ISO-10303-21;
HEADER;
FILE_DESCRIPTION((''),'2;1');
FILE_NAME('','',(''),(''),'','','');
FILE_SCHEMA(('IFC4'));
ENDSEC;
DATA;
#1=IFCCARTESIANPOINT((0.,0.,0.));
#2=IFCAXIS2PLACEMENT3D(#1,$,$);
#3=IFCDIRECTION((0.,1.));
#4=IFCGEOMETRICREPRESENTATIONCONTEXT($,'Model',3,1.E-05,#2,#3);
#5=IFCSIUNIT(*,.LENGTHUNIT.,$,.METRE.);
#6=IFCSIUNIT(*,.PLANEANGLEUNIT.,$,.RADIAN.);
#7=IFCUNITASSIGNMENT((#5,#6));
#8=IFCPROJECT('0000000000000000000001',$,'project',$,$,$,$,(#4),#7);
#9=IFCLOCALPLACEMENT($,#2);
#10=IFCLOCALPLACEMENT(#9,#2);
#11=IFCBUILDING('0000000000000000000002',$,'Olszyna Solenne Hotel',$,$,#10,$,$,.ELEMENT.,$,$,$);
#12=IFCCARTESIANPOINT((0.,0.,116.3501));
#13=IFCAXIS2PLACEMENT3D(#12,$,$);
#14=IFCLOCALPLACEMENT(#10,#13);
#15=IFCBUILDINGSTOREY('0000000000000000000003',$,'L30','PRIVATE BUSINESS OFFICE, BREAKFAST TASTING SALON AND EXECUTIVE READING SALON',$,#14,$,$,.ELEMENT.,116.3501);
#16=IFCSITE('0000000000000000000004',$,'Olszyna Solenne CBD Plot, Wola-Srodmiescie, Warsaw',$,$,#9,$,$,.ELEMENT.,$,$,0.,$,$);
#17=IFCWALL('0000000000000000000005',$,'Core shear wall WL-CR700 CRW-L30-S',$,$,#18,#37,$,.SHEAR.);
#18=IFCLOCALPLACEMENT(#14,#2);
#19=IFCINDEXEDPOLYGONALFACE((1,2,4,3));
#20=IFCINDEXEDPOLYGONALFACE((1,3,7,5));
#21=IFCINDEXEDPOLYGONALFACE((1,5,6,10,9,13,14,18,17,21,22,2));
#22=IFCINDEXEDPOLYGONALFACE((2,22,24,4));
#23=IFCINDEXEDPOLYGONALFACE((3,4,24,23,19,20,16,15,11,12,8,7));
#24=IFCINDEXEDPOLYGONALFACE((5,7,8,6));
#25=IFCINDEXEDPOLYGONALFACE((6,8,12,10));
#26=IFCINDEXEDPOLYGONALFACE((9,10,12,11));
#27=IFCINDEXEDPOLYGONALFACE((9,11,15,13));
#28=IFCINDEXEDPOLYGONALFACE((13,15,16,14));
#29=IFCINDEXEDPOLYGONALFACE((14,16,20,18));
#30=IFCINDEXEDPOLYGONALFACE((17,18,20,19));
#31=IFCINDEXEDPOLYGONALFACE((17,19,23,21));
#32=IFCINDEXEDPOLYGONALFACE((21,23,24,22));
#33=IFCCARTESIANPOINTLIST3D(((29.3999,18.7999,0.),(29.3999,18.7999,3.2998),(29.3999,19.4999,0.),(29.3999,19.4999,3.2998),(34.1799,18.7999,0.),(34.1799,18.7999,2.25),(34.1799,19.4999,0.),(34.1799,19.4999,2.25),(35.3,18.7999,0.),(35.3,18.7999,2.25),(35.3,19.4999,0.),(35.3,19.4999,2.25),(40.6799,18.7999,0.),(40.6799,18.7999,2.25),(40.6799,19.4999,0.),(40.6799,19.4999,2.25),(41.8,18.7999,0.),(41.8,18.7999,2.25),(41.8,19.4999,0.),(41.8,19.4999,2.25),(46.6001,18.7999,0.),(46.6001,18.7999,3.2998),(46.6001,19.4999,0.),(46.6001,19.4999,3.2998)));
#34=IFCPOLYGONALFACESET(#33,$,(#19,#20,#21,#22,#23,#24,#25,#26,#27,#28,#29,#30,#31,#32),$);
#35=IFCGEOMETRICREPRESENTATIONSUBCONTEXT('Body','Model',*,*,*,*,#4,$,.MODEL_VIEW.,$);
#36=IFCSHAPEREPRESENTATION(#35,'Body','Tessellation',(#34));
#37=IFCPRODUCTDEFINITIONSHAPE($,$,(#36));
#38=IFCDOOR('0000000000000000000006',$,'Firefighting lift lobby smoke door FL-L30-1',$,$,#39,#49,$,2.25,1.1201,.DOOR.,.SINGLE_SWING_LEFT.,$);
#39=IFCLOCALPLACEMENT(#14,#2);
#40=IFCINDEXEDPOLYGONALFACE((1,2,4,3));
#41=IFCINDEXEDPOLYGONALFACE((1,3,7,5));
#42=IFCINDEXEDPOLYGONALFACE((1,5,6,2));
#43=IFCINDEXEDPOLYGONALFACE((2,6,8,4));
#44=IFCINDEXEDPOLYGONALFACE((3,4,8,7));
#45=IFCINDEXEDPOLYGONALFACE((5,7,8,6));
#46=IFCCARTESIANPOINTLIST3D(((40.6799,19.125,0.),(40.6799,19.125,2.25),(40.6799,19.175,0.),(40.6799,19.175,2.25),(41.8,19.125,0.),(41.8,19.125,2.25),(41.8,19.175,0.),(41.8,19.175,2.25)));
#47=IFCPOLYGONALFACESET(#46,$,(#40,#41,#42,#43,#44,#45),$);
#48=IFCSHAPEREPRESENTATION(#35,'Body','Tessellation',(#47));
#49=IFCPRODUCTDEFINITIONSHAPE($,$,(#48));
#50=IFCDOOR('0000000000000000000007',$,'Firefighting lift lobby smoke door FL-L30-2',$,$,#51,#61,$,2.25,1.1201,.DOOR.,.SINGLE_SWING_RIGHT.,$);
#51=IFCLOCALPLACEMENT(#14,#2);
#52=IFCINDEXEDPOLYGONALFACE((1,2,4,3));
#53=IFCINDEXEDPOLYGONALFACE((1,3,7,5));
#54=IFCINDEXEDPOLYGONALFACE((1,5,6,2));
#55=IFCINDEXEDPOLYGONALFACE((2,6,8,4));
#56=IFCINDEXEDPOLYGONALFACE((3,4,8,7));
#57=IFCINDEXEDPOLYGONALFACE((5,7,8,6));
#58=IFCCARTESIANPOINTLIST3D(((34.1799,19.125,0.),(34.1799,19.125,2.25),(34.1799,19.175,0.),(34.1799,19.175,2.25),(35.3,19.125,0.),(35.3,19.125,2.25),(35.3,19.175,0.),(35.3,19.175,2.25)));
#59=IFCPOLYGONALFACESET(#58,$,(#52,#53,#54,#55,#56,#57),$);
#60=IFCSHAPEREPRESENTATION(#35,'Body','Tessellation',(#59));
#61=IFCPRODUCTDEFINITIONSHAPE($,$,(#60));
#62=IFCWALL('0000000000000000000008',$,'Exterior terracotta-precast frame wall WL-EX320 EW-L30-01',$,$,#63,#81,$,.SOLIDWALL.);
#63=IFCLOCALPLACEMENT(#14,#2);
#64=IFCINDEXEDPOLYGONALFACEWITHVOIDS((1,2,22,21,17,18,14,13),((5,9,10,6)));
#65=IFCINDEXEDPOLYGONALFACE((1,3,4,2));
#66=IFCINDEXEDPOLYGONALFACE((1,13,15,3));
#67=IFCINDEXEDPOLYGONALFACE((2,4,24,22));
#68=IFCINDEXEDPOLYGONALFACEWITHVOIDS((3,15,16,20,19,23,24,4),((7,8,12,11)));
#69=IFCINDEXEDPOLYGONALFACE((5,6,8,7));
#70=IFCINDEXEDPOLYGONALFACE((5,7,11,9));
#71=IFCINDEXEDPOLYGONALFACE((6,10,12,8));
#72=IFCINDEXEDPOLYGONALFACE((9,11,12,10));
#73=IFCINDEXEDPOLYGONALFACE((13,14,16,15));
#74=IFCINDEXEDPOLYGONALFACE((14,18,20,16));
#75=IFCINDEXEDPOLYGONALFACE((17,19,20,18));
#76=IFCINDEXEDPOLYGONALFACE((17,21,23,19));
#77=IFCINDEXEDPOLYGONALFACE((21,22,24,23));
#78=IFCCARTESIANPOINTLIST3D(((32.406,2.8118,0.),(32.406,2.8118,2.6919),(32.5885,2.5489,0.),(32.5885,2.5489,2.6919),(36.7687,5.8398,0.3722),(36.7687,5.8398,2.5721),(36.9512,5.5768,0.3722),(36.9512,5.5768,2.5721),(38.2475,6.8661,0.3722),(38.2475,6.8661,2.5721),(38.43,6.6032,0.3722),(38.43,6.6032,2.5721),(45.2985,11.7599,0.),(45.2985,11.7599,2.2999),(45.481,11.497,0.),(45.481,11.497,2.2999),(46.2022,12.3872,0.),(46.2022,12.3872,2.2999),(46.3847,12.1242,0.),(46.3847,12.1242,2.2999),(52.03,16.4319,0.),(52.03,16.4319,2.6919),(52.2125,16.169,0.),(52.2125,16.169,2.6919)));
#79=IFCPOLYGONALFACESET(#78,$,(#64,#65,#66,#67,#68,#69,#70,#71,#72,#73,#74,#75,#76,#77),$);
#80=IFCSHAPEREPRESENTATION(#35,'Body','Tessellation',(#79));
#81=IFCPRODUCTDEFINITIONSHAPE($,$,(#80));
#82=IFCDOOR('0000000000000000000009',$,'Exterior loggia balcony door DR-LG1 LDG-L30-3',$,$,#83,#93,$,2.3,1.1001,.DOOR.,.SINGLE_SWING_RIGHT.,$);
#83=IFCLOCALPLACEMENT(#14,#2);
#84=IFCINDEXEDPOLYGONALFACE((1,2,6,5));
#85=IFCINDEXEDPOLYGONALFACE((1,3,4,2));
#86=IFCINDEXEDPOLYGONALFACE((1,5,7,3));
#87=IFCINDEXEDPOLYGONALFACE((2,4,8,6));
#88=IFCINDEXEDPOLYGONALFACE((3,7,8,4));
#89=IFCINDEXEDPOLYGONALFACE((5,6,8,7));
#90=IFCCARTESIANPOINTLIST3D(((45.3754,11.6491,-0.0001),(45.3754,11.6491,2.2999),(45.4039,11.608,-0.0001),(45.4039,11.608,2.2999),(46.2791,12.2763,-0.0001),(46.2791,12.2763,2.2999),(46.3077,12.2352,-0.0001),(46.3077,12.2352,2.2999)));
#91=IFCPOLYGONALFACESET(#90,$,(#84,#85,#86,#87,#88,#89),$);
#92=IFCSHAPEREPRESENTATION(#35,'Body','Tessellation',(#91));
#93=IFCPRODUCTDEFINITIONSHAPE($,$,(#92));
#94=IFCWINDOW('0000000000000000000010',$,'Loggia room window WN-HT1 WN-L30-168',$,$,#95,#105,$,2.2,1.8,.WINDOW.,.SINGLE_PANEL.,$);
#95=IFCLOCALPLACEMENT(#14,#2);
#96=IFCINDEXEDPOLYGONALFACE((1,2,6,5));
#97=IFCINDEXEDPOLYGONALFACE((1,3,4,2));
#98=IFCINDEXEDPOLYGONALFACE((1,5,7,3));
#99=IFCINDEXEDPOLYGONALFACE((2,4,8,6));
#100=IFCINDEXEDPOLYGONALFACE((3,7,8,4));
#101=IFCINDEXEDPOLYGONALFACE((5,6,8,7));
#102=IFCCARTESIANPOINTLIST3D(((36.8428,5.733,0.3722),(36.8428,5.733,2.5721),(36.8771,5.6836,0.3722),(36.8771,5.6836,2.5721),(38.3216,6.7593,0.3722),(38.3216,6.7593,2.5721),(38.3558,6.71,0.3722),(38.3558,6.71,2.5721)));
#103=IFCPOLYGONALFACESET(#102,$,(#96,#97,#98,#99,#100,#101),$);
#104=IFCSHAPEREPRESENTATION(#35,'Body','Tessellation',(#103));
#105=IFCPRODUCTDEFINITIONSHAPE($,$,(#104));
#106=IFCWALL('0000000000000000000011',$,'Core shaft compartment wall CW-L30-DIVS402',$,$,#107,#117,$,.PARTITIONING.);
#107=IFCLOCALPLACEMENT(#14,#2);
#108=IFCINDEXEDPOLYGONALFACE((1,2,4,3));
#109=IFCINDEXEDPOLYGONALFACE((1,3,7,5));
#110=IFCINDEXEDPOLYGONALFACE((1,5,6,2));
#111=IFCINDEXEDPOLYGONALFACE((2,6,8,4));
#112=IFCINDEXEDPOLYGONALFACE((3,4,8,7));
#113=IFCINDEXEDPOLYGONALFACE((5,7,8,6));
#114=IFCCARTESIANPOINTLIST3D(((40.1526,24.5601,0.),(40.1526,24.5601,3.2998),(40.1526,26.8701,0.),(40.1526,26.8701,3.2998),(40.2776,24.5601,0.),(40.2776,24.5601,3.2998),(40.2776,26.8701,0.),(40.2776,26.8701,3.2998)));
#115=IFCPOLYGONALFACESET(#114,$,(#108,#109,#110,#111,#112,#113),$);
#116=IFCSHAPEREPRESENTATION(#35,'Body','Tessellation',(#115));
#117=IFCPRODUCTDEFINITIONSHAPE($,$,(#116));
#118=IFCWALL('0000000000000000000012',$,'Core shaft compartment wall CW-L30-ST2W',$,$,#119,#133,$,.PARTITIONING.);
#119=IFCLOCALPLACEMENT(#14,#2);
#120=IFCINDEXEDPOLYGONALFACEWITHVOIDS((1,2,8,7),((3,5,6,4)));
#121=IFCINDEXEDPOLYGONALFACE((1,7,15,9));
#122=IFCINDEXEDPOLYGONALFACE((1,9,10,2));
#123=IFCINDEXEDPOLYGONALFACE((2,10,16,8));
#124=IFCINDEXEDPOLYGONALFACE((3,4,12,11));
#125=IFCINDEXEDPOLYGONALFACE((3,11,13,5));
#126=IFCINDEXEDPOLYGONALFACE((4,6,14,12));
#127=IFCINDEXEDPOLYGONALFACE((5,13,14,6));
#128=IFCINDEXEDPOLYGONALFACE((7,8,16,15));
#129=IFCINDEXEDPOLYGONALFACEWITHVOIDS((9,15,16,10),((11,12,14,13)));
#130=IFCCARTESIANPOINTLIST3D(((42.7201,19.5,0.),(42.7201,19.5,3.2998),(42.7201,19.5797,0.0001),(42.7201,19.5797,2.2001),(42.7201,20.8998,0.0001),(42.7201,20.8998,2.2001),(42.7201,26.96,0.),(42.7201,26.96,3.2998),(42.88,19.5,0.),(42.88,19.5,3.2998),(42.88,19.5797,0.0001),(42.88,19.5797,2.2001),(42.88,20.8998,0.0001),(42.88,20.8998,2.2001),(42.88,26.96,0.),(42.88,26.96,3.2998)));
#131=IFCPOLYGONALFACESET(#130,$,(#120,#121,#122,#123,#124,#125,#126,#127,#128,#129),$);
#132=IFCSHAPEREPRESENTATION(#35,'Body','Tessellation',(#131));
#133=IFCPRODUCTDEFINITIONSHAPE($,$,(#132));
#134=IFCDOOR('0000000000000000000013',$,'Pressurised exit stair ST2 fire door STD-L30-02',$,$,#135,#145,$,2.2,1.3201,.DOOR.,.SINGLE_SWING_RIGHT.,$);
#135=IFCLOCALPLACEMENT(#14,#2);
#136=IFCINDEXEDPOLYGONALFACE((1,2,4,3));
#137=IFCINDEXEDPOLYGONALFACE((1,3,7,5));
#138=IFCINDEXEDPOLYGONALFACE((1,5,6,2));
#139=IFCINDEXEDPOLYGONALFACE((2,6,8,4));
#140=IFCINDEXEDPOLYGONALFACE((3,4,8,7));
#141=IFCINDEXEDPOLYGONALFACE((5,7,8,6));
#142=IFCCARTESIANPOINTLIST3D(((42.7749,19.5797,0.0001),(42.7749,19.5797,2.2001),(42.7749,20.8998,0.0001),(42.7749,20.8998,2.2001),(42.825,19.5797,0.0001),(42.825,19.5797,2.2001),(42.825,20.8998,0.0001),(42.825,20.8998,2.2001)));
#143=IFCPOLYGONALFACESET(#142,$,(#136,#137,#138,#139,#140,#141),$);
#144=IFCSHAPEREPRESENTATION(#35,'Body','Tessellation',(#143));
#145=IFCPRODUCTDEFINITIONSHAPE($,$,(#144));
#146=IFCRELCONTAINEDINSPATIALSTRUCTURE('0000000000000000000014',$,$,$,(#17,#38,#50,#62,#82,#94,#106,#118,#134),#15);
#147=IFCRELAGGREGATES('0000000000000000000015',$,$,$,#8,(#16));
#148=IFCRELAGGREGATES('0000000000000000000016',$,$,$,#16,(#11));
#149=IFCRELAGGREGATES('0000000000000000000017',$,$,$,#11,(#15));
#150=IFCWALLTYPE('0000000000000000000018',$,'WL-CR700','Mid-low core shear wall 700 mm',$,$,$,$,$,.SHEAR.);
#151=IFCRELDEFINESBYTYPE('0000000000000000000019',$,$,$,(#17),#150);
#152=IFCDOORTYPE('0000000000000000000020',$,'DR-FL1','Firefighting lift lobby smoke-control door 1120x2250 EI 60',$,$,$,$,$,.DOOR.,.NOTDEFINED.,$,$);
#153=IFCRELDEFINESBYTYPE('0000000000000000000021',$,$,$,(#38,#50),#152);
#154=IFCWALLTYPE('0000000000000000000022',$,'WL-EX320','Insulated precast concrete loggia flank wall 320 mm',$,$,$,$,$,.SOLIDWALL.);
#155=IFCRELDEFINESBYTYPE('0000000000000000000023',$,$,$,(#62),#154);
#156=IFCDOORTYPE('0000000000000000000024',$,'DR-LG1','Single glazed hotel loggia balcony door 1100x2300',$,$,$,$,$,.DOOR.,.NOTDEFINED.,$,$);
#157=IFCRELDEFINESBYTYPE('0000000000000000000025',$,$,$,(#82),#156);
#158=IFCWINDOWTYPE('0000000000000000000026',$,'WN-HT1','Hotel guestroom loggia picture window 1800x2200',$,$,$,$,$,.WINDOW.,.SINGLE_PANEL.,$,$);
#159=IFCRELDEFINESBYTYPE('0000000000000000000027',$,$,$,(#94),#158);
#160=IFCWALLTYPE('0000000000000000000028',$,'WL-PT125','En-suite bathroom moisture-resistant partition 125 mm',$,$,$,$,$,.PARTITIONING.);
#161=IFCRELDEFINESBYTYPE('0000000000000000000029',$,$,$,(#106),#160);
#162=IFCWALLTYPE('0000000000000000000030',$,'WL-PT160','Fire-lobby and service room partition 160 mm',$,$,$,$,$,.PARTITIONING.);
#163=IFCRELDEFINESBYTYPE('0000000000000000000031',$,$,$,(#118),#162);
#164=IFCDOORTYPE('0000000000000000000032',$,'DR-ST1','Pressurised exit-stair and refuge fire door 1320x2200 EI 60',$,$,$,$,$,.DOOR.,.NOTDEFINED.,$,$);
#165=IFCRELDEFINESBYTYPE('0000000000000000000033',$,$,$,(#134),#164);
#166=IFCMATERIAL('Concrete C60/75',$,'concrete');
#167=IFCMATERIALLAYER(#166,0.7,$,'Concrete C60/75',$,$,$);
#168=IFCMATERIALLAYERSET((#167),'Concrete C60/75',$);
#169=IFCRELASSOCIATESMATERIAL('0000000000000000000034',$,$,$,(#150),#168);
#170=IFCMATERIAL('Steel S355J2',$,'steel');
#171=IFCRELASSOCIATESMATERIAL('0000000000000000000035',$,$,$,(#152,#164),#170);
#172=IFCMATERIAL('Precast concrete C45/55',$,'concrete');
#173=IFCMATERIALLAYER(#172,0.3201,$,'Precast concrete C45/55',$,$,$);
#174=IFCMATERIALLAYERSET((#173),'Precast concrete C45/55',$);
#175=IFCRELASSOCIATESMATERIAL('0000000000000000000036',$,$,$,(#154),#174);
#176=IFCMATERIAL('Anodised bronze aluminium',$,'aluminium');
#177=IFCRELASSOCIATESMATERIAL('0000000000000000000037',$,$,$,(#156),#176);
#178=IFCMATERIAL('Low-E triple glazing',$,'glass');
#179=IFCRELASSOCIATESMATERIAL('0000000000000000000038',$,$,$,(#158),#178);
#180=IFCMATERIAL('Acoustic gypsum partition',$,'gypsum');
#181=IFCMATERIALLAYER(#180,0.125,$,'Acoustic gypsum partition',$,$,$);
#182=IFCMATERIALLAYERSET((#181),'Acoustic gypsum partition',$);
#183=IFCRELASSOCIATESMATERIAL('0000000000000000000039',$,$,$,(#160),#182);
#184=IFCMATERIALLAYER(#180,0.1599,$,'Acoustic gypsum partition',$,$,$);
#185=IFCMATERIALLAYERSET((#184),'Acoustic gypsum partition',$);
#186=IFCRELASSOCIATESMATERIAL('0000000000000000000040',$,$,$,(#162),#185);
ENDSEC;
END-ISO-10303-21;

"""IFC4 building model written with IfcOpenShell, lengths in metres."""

from ifc_helpers import new_model, si_unit, direction, frame, frame_2d, origin, place, context, subcontext, project, spatial, rectangle, extrude, source, transform, mapped, material, layer, layer_set, type_object, type_shapes, element, fill, save


model = new_model("IFC4")

# Units and contexts
model_context = context("Model", 3, precision=1e-05, world=origin(), true_north=direction((0.0, 1.0)))
body_context = subcontext(model_context, "Body", "Model", "MODEL_VIEW")
ifc_project = project(units=[si_unit("LENGTHUNIT", "METRE"), si_unit("PLANEANGLEUNIT", "RADIAN")], contexts=[model_context])

# Site, building, storey
site_placement = place(None, origin())
site = spatial("IfcSite", under=ifc_project, at=site_placement, Name="Olszyna Solenne CBD Plot, Wola-Srodmiescie, Warsaw", CompositionType="ELEMENT", RefElevation=0.0)
building_placement = place(site_placement, origin())
building = spatial("IfcBuilding", under=site, at=building_placement, Name="Olszyna Solenne Hotel", CompositionType="ELEMENT")
storey_placement = place(building_placement, frame((0.0, 0.0, 116.3501)))
storey = spatial("IfcBuildingStorey", under=building, at=storey_placement, Name="L30", Description="PRIVATE BUSINESS OFFICE, BREAKFAST TASTING SALON AND EXECUTIVE READING SALON", CompositionType="ELEMENT", Elevation=116.3501)

# Shared definitions
ifc_material_1 = material(Name="Steel S355J2", Category="steel")

# Wall, openings, doors
ifc_material_2 = material(Name="Concrete C60/75", Category="concrete")
ifc_layer_1 = layer(ifc_material_2, 0.7, Name="Concrete C60/75")
ifc_layer_set_1 = layer_set([ifc_layer_1], Name="Concrete C60/75")
wall_type_1 = type_object("IfcWallType", Name="WL-CR700", Description="Mid-low core shear wall 700 mm", PredefinedType="SHEAR", material=ifc_layer_set_1)
wall_1_placement = place(storey_placement, frame((46.6001, 19.1499, 0.0), z_axis=(0.0, 0.0, 1.0), x_axis=(-1.0, 0.0, 0.0)))
wall_1 = element("IfcWall", 1, at=wall_1_placement, inside=storey, type_object=wall_type_1, Name="Core shear wall WL-CR700 CRW-L30-S", PredefinedType="SHEAR", context=body_context, shape_type="SweptSolid", body=[
    extrude(rectangle(XDim=17.2002, YDim=0.7, at=frame_2d((8.6001, 0.0))), origin(), (0.0, 0.0, 1.0), 3.2998),
])
opening_1_placement = place(wall_1_placement, frame((4.8, 0.0, 0.0)))
opening_1 = element("IfcOpeningElement", 2, at=opening_1_placement, cuts=wall_1, PredefinedType="OPENING", context=body_context, shape_type="SweptSolid", body=[
    extrude(rectangle(XDim=1.1201, YDim=2.25, at=frame_2d((0.5601, 1.125))), frame((0.0, 0.3599, 0.0), z_axis=(0.0, -1.0, 0.0), x_axis=(1.0, 0.0, 0.0)), (0.0, 0.0, 1.0), 0.72),
])
opening_2_placement = place(wall_1_placement, frame((11.3, 0.0, 0.0)))
opening_2 = element("IfcOpeningElement", 3, at=opening_2_placement, cuts=wall_1, PredefinedType="OPENING", context=body_context, shape_type="SweptSolid", body=[
    extrude(rectangle(XDim=1.1201, YDim=2.25, at=frame_2d((0.5601, 1.125))), frame((0.0, 0.3599, 0.0), z_axis=(0.0, -1.0, 0.0), x_axis=(1.0, 0.0, 0.0)), (0.0, 0.0, 1.0), 0.72),
])
door_type_1 = type_object("IfcDoorType", Name="DR-FL1", Description="Firefighting lift lobby smoke-control door 1120x2250 EI 60", OperationType="NOTDEFINED", PredefinedType="DOOR", material=ifc_material_1)
shared_shape_1 = source(origin(), body_context, "Body", "SweptSolid", [
    extrude(rectangle(XDim=1.1201, YDim=2.25, at=frame_2d((0.5601, 1.125))), frame((0.0, 0.0249, 0.0), z_axis=(0.0, -1.0, 0.0), x_axis=(1.0, 0.0, 0.0)), (0.0, 0.0, 1.0), 0.05),
])
type_shapes(door_type_1, [shared_shape_1])
door_1_placement = place(opening_1_placement, origin())
door_1 = element("IfcDoor", 4, at=door_1_placement, inside=storey, type_object=door_type_1, Name="Firefighting lift lobby smoke door FL-L30-1", OperationType="SINGLE_SWING_LEFT", OverallHeight=2.25, OverallWidth=1.1201, PredefinedType="DOOR", context=body_context, shape_type="MappedRepresentation", body=[
    mapped(shared_shape_1, transform((0.0, 0.0, 0.0), x_axis=(1.0, 0.0, 0.0), y_axis=(0.0, 1.0, 0.0), z_axis=(0.0, 0.0, 1.0), scale=1.0)),
])
fill(opening_1, door_1)
door_2_placement = place(opening_2_placement, origin())
door_2 = element("IfcDoor", 5, at=door_2_placement, inside=storey, type_object=door_type_1, Name="Firefighting lift lobby smoke door FL-L30-2", OperationType="SINGLE_SWING_RIGHT", OverallHeight=2.25, OverallWidth=1.1201, PredefinedType="DOOR", context=body_context, shape_type="MappedRepresentation", body=[
    mapped(shared_shape_1, transform((0.0, 0.0, 0.0), x_axis=(1.0, 0.0, 0.0), y_axis=(0.0, 1.0, 0.0), z_axis=(0.0, 0.0, 1.0), scale=1.0)),
])
fill(opening_2, door_2)

# Wall, openings, door, window
ifc_material_3 = material(Name="Precast concrete C45/55", Category="concrete")
ifc_layer_2 = layer(ifc_material_3, 0.3201, Name="Precast concrete C45/55")
ifc_layer_set_2 = layer_set([ifc_layer_2], Name="Precast concrete C45/55")
wall_type_2 = type_object("IfcWallType", Name="WL-EX320", Description="Insulated precast concrete loggia flank wall 320 mm", PredefinedType="SOLIDWALL", material=ifc_layer_set_2)
wall_2_placement = place(storey_placement, frame((52.1213, 16.3005, 0.0), z_axis=(0.0, 0.0, 1.0), x_axis=(-0.821521, -0.570179, 0.0)))
wall_2 = element("IfcWall", 6, at=wall_2_placement, inside=storey, type_object=wall_type_2, Name="Exterior terracotta-precast frame wall WL-EX320 EW-L30-01", PredefinedType="SOLIDWALL", context=body_context, shape_type="SweptSolid", body=[
    extrude(rectangle(XDim=23.8875, YDim=0.3201, at=frame_2d((11.9438, 0.0))), origin(), (0.0, 0.0, 1.0), 2.6919),
])
opening_3_placement = place(wall_2_placement, frame((7.094, 0.0, 0.0)))
opening_3 = element("IfcOpeningElement", 7, at=opening_3_placement, cuts=wall_2, PredefinedType="OPENING", context=body_context, shape_type="SweptSolid", body=[
    extrude(rectangle(XDim=1.1001, YDim=2.3, at=frame_2d((0.55, 1.1499))), frame((0.0, 0.1699, 0.0), z_axis=(0.0, -1.0, 0.0), x_axis=(1.0, 0.0, 0.0)), (0.0, 0.0, 1.0), 0.3401),
])
opening_4_placement = place(wall_2_placement, frame((16.7771, 0.0, 0.3721)))
opening_4 = element("IfcOpeningElement", 8, at=opening_4_placement, cuts=wall_2, PredefinedType="OPENING", context=body_context, shape_type="SweptSolid", body=[
    extrude(rectangle(XDim=1.8, YDim=2.2, at=frame_2d((0.8999, 1.1001))), frame((0.0, 0.1699, 0.0), z_axis=(0.0, -1.0, 0.0), x_axis=(1.0, 0.0, 0.0)), (0.0, 0.0, 1.0), 0.3401),
])
ifc_material_4 = material(Name="Anodised bronze aluminium", Category="aluminium")
door_type_2 = type_object("IfcDoorType", Name="DR-LG1", Description="Single glazed hotel loggia balcony door 1100x2300", OperationType="NOTDEFINED", PredefinedType="DOOR", material=ifc_material_4)
shared_shape_2 = source(origin(), body_context, "Body", "SweptSolid", [
    extrude(rectangle(XDim=1.1001, YDim=2.3, at=frame_2d((0.55, 1.1499))), frame((0.0, 0.0249, 0.0), z_axis=(0.0, -1.0, 0.0), x_axis=(1.0, 0.0, 0.0)), (0.0, 0.0, 1.0), 0.05),
])
type_shapes(door_type_2, [shared_shape_2])
door_3_placement = place(opening_3_placement, origin())
door_3 = element("IfcDoor", 9, at=door_3_placement, inside=storey, type_object=door_type_2, Name="Exterior loggia balcony door DR-LG1 LDG-L30-3", OperationType="SINGLE_SWING_RIGHT", OverallHeight=2.3, OverallWidth=1.1001, PredefinedType="DOOR", context=body_context, shape_type="MappedRepresentation", body=[
    mapped(shared_shape_2, transform((0.0, 0.0, 0.0), x_axis=(1.0, 0.0, 0.0), y_axis=(0.0, 1.0, 0.0), z_axis=(0.0, 0.0, 1.0), scale=1.0)),
])
fill(opening_3, door_3)
ifc_material_5 = material(Name="Low-E triple glazing", Category="glass")
window_type = type_object("IfcWindowType", Name="WN-HT1", Description="Hotel guestroom loggia picture window 1800x2200", PartitioningType="SINGLE_PANEL", PredefinedType="WINDOW", material=ifc_material_5)
shared_shape_3 = source(origin(), body_context, "Body", "SweptSolid", [
    extrude(rectangle(XDim=1.8, YDim=2.2, at=frame_2d((0.8999, 1.1001))), frame((0.0, 0.03, 0.0), z_axis=(0.0, -1.0, 0.0), x_axis=(1.0, 0.0, 0.0)), (0.0, 0.0, 1.0), 0.0601),
])
type_shapes(window_type, [shared_shape_3])
window_placement = place(opening_4_placement, origin())
window = element("IfcWindow", 10, at=window_placement, inside=storey, type_object=window_type, Name="Loggia room window WN-HT1 WN-L30-168", OverallHeight=2.2, OverallWidth=1.8, PartitioningType="SINGLE_PANEL", PredefinedType="WINDOW", context=body_context, shape_type="MappedRepresentation", body=[
    mapped(shared_shape_3, transform((0.0, 0.0, 0.0), x_axis=(1.0, 0.0, 0.0), y_axis=(0.0, 1.0, 0.0), z_axis=(0.0, 0.0, 1.0), scale=1.0)),
])
fill(opening_4, window)

# Wall
ifc_material_6 = material(Name="Acoustic gypsum partition", Category="gypsum")
ifc_layer_3 = layer(ifc_material_6, 0.125, Name="Acoustic gypsum partition")
ifc_layer_set_3 = layer_set([ifc_layer_3], Name="Acoustic gypsum partition")
wall_type_3 = type_object("IfcWallType", Name="WL-PT125", Description="En-suite bathroom moisture-resistant partition 125 mm", PredefinedType="PARTITIONING", material=ifc_layer_set_3)
wall_3_placement = place(storey_placement, frame((40.2151, 24.5601, 0.0), z_axis=(0.0, 0.0, 1.0), x_axis=(0.0, 1.0, 0.0)))
element("IfcWall", 11, at=wall_3_placement, inside=storey, type_object=wall_type_3, Name="Core shaft compartment wall CW-L30-DIVS402", PredefinedType="PARTITIONING", context=body_context, shape_type="SweptSolid", body=[
    extrude(rectangle(XDim=2.3101, YDim=0.125, at=frame_2d((1.155, 0.0))), origin(), (0.0, 0.0, 1.0), 3.2998),
])

# Wall, opening, door
ifc_layer_4 = layer(ifc_material_6, 0.1599, Name="Acoustic gypsum partition")
ifc_layer_set_4 = layer_set([ifc_layer_4], Name="Acoustic gypsum partition")
wall_type_4 = type_object("IfcWallType", Name="WL-PT160", Description="Fire-lobby and service room partition 160 mm", PredefinedType="PARTITIONING", material=ifc_layer_set_4)
wall_4_placement = place(storey_placement, frame((42.8, 26.96, 0.0), z_axis=(0.0, 0.0, 1.0), x_axis=(0.0, -1.0, 0.0)))
wall_4 = element("IfcWall", 12, at=wall_4_placement, inside=storey, type_object=wall_type_4, Name="Core shaft compartment wall CW-L30-ST2W", PredefinedType="PARTITIONING", context=body_context, shape_type="SweptSolid", body=[
    extrude(rectangle(XDim=7.46, YDim=0.1599, at=frame_2d((3.73, 0.0))), origin(), (0.0, 0.0, 1.0), 3.2998),
])
opening_5_placement = place(wall_4_placement, frame((6.0601, 0.0, 0.0)))
opening_5 = element("IfcOpeningElement", 13, at=opening_5_placement, cuts=wall_4, PredefinedType="OPENING", context=body_context, shape_type="SweptSolid", body=[
    extrude(rectangle(XDim=1.3201, YDim=2.2, at=frame_2d((0.6602, 1.1001))), frame((0.0, 0.0898, 0.0), z_axis=(0.0, -1.0, 0.0), x_axis=(1.0, 0.0, 0.0)), (0.0, 0.0, 1.0), 0.1799),
])
door_type_3 = type_object("IfcDoorType", Name="DR-ST1", Description="Pressurised exit-stair and refuge fire door 1320x2200 EI 60", OperationType="NOTDEFINED", PredefinedType="DOOR", material=ifc_material_1)
shared_shape_4 = source(origin(), body_context, "Body", "SweptSolid", [
    extrude(rectangle(XDim=1.3201, YDim=2.2, at=frame_2d((0.6602, 1.1001))), frame((0.0, 0.0249, 0.0), z_axis=(0.0, -1.0, 0.0), x_axis=(1.0, 0.0, 0.0)), (0.0, 0.0, 1.0), 0.05),
])
type_shapes(door_type_3, [shared_shape_4])
door_4_placement = place(opening_5_placement, origin())
door_4 = element("IfcDoor", 14, at=door_4_placement, inside=storey, type_object=door_type_3, Name="Pressurised exit stair ST2 fire door STD-L30-02", OperationType="SINGLE_SWING_RIGHT", OverallHeight=2.2, OverallWidth=1.3201, PredefinedType="DOOR", context=body_context, shape_type="MappedRepresentation", body=[
    mapped(shared_shape_4, transform((0.0, 0.0, 0.0), x_axis=(1.0, 0.0, 0.0), y_axis=(0.0, 1.0, 0.0), z_axis=(0.0, 0.0, 1.0), scale=1.0)),
])
fill(opening_5, door_4)

save(model, "model.ifc")
